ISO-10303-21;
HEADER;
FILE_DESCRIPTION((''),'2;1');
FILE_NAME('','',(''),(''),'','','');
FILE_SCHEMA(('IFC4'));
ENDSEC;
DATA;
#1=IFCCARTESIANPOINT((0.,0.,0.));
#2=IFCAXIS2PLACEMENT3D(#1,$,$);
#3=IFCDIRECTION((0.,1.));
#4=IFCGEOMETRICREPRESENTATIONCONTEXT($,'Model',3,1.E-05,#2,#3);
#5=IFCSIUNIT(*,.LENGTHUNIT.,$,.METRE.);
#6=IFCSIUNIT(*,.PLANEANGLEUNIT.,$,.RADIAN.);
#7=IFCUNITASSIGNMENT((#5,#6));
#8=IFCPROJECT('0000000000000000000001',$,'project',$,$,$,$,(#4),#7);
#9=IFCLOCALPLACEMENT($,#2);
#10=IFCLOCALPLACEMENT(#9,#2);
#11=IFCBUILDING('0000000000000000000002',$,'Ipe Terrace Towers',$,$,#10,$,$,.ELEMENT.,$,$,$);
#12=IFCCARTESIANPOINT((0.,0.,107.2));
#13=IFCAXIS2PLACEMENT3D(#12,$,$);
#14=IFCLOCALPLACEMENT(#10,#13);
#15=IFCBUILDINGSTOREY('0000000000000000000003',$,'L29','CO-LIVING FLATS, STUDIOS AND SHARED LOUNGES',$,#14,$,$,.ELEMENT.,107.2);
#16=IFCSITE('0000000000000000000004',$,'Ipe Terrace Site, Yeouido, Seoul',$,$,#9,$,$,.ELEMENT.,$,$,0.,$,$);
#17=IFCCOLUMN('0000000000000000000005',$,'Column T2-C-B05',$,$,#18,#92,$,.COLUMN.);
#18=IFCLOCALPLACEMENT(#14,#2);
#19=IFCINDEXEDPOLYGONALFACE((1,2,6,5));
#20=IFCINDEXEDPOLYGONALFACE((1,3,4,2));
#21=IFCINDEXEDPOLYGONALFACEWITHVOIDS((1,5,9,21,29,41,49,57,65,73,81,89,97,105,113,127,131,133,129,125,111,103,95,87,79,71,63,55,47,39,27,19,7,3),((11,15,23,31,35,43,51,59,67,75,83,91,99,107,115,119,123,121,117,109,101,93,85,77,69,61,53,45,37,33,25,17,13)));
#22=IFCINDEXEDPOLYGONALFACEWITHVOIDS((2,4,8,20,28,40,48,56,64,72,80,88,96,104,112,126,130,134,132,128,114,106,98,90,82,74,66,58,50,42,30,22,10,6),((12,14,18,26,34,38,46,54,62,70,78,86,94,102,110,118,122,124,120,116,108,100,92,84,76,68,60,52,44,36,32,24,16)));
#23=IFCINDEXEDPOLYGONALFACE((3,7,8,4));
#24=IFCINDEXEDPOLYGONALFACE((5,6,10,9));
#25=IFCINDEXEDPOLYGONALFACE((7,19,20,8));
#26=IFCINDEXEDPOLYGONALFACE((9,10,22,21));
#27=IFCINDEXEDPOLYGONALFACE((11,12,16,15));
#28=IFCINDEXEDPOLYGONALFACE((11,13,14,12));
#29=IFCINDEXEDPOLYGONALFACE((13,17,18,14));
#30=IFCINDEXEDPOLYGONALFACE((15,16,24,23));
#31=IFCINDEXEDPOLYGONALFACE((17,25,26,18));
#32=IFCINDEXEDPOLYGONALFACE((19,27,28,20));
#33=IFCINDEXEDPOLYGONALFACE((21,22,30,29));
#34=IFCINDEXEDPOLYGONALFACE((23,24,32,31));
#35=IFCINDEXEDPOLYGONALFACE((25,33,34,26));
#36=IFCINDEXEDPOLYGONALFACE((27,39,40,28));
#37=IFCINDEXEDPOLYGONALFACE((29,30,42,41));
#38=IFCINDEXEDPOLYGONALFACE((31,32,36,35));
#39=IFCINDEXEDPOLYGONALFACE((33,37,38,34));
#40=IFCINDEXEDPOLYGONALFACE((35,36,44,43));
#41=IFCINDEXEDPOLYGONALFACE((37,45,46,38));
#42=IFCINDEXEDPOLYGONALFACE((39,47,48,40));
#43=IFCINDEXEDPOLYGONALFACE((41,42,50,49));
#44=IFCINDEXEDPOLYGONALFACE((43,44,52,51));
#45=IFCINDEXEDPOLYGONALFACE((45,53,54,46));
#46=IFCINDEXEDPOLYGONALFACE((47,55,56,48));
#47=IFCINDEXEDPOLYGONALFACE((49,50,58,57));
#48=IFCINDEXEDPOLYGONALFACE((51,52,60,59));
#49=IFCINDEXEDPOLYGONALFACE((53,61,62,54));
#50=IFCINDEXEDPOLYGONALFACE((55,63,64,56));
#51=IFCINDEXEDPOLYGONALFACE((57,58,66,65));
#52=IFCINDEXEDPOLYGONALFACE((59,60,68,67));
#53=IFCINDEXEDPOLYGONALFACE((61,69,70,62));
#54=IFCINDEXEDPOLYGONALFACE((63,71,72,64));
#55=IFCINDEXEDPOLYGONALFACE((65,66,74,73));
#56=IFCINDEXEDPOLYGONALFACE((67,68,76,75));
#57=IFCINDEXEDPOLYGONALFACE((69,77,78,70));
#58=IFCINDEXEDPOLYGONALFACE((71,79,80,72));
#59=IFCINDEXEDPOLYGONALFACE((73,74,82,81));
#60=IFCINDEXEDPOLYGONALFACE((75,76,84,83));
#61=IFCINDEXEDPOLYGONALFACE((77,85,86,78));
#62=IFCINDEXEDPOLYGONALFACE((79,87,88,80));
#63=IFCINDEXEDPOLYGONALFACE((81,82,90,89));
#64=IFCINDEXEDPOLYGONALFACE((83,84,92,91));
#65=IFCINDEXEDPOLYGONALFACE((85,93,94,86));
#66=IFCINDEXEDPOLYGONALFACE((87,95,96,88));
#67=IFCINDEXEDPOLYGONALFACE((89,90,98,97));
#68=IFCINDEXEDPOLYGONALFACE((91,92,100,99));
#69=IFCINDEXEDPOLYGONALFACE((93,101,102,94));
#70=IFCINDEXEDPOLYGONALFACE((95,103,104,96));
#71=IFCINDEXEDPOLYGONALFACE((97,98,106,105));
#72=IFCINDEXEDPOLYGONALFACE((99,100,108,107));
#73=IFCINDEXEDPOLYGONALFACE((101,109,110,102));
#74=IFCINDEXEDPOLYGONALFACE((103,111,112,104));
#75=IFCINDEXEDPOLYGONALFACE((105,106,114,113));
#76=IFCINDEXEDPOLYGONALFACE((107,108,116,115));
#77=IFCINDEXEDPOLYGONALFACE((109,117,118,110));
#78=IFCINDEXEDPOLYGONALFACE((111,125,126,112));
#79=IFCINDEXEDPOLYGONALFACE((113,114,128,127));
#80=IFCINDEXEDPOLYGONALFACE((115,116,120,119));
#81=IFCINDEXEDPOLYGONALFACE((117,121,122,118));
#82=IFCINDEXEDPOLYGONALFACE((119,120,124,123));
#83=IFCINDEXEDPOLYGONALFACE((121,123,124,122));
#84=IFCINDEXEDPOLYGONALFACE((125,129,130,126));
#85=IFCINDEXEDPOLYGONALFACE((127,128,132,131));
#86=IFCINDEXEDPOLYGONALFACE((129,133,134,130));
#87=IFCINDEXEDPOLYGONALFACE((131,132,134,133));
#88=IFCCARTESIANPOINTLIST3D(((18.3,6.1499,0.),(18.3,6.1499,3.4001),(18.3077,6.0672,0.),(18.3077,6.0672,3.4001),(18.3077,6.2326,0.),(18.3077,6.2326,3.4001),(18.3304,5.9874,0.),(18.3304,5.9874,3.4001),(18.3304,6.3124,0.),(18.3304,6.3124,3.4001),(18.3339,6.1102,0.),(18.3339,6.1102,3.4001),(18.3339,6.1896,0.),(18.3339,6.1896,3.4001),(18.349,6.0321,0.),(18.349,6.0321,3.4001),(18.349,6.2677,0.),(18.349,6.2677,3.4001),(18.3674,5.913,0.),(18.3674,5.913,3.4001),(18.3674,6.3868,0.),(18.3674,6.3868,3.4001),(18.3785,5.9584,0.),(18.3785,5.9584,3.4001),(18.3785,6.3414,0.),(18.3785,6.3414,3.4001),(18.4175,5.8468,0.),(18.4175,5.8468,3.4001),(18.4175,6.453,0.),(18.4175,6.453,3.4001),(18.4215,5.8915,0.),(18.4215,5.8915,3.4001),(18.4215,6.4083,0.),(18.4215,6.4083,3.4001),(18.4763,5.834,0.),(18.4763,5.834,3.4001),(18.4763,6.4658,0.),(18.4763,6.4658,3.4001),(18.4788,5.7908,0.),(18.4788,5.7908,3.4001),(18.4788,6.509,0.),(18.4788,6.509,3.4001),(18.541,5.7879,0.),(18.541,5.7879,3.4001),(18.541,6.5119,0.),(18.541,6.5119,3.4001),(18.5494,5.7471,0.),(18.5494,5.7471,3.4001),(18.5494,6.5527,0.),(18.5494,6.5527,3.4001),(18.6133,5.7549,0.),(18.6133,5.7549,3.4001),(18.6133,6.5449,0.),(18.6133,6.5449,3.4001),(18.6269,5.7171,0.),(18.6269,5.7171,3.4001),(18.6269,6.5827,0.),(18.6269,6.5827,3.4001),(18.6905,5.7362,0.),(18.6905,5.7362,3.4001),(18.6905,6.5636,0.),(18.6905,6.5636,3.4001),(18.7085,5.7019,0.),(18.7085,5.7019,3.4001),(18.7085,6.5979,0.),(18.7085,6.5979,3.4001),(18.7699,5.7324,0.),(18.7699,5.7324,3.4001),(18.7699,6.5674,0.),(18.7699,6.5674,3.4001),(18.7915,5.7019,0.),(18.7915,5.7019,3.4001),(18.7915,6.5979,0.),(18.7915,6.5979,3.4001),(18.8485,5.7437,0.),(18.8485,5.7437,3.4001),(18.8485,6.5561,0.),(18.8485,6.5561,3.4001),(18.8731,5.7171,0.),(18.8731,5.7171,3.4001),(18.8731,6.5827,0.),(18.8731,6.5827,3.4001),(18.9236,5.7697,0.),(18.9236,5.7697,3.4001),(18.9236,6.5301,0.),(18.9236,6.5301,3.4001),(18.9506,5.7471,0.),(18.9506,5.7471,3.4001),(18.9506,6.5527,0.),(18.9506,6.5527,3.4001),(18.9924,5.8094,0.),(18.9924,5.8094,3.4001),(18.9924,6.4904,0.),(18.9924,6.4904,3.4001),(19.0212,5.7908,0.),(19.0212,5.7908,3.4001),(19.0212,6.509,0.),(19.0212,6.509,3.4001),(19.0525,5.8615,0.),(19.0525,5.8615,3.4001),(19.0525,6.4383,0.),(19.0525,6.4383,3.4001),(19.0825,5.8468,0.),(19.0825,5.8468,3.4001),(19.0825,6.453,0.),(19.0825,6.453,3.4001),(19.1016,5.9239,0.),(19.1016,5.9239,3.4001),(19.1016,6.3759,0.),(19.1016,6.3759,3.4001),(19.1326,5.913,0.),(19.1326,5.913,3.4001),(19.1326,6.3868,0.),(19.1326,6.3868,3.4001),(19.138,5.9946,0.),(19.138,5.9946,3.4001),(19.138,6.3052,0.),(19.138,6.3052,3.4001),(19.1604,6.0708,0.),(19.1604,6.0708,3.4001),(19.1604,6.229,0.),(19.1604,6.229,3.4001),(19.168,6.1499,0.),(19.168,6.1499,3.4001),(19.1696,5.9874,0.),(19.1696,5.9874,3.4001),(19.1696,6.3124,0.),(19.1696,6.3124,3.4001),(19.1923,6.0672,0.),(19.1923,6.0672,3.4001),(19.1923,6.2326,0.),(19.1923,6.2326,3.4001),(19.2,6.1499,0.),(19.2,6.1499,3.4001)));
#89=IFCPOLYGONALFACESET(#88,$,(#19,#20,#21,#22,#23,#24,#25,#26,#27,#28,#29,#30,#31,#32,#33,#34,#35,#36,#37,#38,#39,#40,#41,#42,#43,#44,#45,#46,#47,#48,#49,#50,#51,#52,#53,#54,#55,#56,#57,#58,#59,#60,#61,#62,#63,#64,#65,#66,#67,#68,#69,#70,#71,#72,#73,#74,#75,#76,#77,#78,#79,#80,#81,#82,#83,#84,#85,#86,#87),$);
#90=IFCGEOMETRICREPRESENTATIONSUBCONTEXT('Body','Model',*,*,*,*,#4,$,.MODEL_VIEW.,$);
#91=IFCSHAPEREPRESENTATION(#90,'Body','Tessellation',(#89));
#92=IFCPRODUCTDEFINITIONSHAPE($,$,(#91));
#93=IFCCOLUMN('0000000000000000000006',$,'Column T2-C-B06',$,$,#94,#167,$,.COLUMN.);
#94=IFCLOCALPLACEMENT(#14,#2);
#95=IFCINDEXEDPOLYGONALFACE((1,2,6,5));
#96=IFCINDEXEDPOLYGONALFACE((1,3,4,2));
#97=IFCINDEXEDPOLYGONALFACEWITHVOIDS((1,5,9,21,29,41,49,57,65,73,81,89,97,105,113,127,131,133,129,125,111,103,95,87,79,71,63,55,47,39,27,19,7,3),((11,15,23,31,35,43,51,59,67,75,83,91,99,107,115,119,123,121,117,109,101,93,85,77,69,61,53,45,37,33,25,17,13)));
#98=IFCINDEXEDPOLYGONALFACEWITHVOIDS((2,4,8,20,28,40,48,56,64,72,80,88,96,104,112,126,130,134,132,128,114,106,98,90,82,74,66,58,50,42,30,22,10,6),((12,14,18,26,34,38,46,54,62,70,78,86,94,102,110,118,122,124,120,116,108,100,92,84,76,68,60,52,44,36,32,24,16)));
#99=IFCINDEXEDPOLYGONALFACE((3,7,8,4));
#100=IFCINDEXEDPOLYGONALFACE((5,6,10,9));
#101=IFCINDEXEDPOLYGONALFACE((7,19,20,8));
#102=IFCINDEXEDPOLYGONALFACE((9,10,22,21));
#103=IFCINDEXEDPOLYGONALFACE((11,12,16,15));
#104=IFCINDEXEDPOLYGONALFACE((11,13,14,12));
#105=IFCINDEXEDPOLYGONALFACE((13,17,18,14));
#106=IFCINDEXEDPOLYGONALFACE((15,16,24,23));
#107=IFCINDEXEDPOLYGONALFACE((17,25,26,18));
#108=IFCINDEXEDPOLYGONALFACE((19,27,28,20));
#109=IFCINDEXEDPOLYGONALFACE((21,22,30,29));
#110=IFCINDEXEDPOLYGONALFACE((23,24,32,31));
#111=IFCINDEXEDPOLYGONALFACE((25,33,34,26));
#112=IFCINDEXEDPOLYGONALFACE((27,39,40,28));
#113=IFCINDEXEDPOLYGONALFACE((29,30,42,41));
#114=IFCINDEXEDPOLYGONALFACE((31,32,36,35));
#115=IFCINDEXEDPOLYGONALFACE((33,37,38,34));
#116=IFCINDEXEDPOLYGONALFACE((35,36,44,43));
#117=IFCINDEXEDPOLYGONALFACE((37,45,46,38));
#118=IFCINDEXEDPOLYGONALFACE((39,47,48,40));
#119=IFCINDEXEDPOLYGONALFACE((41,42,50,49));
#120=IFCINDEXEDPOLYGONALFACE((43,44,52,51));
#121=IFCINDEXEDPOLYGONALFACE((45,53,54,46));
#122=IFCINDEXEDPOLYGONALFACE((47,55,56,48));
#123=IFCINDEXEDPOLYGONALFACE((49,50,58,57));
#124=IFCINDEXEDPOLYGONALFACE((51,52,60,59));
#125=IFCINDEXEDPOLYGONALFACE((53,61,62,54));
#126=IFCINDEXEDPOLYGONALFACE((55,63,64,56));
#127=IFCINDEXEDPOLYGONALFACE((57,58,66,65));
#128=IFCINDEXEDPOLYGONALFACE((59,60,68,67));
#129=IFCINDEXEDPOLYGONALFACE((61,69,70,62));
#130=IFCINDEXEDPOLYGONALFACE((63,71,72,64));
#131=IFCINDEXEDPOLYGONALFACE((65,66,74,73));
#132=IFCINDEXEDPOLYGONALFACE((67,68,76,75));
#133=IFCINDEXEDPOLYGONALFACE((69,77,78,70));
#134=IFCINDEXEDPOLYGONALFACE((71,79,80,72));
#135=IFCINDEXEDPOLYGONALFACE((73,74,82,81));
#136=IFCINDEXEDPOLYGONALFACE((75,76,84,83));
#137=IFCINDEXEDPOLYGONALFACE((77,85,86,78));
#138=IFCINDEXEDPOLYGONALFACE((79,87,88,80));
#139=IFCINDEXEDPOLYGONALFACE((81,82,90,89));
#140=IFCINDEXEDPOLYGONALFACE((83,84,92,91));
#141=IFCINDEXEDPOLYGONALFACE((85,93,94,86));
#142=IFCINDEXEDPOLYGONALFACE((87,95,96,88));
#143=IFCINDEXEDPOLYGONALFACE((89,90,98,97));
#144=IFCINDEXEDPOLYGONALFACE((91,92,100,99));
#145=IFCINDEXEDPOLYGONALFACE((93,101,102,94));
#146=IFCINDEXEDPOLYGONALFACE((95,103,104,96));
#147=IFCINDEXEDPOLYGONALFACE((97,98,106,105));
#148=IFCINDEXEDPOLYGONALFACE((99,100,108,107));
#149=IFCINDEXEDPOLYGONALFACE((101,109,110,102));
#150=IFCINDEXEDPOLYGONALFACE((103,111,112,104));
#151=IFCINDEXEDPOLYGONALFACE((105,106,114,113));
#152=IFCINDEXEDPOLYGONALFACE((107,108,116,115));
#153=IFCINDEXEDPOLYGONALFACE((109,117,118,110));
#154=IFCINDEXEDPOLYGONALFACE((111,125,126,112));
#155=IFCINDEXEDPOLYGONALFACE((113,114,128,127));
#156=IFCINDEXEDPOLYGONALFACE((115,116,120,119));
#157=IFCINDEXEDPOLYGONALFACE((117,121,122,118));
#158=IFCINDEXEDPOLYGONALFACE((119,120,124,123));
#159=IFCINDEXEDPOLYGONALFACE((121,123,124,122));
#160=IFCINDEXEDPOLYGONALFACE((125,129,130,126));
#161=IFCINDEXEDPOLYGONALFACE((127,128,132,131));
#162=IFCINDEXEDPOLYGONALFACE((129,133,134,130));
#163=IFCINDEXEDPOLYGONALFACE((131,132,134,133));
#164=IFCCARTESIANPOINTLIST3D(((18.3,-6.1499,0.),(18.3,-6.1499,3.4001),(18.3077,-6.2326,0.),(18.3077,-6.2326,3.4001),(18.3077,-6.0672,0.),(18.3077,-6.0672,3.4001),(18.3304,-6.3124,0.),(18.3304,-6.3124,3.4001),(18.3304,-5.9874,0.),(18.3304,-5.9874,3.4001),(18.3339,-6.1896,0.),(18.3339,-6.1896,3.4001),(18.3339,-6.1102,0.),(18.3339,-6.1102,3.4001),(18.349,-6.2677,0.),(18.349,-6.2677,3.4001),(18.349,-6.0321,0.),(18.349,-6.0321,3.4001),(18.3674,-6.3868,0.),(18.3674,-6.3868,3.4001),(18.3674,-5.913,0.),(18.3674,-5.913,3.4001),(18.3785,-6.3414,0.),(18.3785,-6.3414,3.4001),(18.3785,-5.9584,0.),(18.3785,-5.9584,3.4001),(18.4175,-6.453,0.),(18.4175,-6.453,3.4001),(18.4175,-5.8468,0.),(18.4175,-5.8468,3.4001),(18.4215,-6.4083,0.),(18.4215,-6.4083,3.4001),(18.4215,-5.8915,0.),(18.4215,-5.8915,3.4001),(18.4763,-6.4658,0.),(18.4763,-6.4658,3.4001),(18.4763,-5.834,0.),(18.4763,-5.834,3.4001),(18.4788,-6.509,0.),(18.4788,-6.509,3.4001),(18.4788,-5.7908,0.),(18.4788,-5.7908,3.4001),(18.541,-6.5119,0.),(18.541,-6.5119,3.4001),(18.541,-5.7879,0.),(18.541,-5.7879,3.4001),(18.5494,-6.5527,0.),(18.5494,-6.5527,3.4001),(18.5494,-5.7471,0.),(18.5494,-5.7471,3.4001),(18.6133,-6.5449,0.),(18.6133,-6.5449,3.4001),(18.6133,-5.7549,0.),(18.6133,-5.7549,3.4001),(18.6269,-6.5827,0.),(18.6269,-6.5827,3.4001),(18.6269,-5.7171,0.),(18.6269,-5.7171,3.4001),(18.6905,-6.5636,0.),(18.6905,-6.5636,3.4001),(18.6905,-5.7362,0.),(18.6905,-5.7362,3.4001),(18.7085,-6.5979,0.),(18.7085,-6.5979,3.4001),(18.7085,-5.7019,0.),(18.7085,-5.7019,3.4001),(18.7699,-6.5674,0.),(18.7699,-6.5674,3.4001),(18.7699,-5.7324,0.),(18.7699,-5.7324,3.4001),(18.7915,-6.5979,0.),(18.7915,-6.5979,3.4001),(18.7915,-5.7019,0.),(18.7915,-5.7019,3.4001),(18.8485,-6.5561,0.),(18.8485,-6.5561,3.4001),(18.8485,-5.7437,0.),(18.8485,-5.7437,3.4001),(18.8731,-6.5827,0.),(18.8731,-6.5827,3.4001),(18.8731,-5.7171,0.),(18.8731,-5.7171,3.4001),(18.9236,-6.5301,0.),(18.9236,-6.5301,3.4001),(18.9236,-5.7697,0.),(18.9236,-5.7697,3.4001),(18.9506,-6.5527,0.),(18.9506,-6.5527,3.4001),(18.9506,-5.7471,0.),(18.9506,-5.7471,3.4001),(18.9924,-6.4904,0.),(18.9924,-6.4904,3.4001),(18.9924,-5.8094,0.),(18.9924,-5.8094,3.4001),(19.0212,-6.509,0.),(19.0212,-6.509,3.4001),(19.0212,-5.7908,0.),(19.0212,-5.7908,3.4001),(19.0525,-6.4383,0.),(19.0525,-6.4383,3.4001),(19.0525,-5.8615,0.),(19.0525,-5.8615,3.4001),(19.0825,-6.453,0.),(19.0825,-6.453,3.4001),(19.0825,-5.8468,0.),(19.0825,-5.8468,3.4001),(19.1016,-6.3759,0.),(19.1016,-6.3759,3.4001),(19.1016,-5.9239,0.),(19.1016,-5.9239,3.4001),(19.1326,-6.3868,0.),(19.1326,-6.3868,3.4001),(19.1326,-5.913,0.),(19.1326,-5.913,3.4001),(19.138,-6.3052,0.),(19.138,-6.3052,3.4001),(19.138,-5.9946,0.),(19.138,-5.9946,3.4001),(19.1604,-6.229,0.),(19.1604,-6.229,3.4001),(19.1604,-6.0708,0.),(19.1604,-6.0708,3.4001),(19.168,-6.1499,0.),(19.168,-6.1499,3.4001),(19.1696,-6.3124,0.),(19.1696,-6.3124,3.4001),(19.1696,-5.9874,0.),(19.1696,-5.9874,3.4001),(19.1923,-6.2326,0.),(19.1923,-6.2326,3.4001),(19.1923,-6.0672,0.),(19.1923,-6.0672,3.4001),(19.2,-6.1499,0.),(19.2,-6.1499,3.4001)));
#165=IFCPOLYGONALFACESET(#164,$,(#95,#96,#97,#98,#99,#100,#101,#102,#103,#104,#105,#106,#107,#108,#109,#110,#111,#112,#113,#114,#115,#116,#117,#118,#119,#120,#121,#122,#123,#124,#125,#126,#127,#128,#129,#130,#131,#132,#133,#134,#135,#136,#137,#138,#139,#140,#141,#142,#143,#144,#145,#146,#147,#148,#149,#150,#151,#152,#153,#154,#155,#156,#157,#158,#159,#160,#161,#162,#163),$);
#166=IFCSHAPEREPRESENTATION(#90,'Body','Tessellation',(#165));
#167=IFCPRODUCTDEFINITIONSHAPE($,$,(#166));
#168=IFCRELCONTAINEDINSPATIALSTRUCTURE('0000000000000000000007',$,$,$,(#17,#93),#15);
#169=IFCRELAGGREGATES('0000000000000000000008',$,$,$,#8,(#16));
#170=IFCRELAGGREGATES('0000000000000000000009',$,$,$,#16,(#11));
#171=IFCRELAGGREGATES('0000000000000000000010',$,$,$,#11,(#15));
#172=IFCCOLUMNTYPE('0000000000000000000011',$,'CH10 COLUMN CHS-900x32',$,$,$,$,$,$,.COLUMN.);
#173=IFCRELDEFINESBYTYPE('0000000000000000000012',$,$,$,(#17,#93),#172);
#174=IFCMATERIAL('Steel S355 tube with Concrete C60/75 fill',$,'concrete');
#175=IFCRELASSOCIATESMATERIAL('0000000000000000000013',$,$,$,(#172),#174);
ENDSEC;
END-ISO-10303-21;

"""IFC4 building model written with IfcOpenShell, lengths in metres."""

from ifc_helpers import new_model, si_unit, direction, frame, origin, origin_2d, place, context, subcontext, project, spatial, hollow_circle, extrude, material, material_profile, profile_set, type_object, element, save


model = new_model("IFC4")

# Units and contexts
model_context = context("Model", 3, precision=1e-05, world=origin(), true_north=direction((0.0, 1.0)))
body_context = subcontext(model_context, "Body", "Model", "MODEL_VIEW")
ifc_project = project(units=[si_unit("LENGTHUNIT", "METRE"), si_unit("PLANEANGLEUNIT", "RADIAN")], contexts=[model_context])

# Site, building, storey
site_placement = place(None, origin())
site = spatial("IfcSite", under=ifc_project, at=site_placement, Name="Ipe Terrace Site, Yeouido, Seoul", CompositionType="ELEMENT", RefElevation=0.0)
building_placement = place(site_placement, origin())
building = spatial("IfcBuilding", under=site, at=building_placement, Name="Ipe Terrace Towers", CompositionType="ELEMENT")
storey_placement = place(building_placement, frame((0.0, 0.0, 107.2)))
storey = spatial("IfcBuildingStorey", under=building, at=storey_placement, Name="L29", Description="CO-LIVING FLATS, STUDIOS AND SHARED LOUNGES", CompositionType="ELEMENT", Elevation=107.2)

# Columns
ifc_material_1 = material(Name="Steel S355 tube with Concrete C60/75 fill", Category="concrete")
ifc_material_profile_1 = material_profile(ifc_material_1, hollow_circle(Radius=0.45, WallThickness=0.032, at=origin_2d()), Name="CHS-900x32")
ifc_profile_set_1 = profile_set([ifc_material_profile_1], Name="Steel S355 tube with Concrete C60/75 fill")
column_type = type_object("IfcColumnType", Name="CH10 COLUMN CHS-900x32", PredefinedType="COLUMN", material=ifc_profile_set_1)
for number, where, z_axis, x_axis, name in (
    (1, (18.75, 6.1499, 0.0), (0.0, 0.0, 1.0), (1.0, 0.0, 0.0), "Column T2-C-B05"),
    (2, (18.75, -6.1499, 0.0), (0.0, 0.0, 1.0), (1.0, 0.0, 0.0), "Column T2-C-B06"),
):
    element("IfcColumn", number, at=place(storey_placement, frame(where, z_axis=z_axis, x_axis=x_axis)), inside=storey, type_object=column_type, Name=name, PredefinedType="COLUMN", context=body_context, shape_type="SweptSolid", body=[
        extrude(hollow_circle(Radius=0.45, WallThickness=0.032, at=origin_2d()), origin(), (0.0, 0.0, 1.0), 3.4001),
    ])

save(model, "model.ifc")
